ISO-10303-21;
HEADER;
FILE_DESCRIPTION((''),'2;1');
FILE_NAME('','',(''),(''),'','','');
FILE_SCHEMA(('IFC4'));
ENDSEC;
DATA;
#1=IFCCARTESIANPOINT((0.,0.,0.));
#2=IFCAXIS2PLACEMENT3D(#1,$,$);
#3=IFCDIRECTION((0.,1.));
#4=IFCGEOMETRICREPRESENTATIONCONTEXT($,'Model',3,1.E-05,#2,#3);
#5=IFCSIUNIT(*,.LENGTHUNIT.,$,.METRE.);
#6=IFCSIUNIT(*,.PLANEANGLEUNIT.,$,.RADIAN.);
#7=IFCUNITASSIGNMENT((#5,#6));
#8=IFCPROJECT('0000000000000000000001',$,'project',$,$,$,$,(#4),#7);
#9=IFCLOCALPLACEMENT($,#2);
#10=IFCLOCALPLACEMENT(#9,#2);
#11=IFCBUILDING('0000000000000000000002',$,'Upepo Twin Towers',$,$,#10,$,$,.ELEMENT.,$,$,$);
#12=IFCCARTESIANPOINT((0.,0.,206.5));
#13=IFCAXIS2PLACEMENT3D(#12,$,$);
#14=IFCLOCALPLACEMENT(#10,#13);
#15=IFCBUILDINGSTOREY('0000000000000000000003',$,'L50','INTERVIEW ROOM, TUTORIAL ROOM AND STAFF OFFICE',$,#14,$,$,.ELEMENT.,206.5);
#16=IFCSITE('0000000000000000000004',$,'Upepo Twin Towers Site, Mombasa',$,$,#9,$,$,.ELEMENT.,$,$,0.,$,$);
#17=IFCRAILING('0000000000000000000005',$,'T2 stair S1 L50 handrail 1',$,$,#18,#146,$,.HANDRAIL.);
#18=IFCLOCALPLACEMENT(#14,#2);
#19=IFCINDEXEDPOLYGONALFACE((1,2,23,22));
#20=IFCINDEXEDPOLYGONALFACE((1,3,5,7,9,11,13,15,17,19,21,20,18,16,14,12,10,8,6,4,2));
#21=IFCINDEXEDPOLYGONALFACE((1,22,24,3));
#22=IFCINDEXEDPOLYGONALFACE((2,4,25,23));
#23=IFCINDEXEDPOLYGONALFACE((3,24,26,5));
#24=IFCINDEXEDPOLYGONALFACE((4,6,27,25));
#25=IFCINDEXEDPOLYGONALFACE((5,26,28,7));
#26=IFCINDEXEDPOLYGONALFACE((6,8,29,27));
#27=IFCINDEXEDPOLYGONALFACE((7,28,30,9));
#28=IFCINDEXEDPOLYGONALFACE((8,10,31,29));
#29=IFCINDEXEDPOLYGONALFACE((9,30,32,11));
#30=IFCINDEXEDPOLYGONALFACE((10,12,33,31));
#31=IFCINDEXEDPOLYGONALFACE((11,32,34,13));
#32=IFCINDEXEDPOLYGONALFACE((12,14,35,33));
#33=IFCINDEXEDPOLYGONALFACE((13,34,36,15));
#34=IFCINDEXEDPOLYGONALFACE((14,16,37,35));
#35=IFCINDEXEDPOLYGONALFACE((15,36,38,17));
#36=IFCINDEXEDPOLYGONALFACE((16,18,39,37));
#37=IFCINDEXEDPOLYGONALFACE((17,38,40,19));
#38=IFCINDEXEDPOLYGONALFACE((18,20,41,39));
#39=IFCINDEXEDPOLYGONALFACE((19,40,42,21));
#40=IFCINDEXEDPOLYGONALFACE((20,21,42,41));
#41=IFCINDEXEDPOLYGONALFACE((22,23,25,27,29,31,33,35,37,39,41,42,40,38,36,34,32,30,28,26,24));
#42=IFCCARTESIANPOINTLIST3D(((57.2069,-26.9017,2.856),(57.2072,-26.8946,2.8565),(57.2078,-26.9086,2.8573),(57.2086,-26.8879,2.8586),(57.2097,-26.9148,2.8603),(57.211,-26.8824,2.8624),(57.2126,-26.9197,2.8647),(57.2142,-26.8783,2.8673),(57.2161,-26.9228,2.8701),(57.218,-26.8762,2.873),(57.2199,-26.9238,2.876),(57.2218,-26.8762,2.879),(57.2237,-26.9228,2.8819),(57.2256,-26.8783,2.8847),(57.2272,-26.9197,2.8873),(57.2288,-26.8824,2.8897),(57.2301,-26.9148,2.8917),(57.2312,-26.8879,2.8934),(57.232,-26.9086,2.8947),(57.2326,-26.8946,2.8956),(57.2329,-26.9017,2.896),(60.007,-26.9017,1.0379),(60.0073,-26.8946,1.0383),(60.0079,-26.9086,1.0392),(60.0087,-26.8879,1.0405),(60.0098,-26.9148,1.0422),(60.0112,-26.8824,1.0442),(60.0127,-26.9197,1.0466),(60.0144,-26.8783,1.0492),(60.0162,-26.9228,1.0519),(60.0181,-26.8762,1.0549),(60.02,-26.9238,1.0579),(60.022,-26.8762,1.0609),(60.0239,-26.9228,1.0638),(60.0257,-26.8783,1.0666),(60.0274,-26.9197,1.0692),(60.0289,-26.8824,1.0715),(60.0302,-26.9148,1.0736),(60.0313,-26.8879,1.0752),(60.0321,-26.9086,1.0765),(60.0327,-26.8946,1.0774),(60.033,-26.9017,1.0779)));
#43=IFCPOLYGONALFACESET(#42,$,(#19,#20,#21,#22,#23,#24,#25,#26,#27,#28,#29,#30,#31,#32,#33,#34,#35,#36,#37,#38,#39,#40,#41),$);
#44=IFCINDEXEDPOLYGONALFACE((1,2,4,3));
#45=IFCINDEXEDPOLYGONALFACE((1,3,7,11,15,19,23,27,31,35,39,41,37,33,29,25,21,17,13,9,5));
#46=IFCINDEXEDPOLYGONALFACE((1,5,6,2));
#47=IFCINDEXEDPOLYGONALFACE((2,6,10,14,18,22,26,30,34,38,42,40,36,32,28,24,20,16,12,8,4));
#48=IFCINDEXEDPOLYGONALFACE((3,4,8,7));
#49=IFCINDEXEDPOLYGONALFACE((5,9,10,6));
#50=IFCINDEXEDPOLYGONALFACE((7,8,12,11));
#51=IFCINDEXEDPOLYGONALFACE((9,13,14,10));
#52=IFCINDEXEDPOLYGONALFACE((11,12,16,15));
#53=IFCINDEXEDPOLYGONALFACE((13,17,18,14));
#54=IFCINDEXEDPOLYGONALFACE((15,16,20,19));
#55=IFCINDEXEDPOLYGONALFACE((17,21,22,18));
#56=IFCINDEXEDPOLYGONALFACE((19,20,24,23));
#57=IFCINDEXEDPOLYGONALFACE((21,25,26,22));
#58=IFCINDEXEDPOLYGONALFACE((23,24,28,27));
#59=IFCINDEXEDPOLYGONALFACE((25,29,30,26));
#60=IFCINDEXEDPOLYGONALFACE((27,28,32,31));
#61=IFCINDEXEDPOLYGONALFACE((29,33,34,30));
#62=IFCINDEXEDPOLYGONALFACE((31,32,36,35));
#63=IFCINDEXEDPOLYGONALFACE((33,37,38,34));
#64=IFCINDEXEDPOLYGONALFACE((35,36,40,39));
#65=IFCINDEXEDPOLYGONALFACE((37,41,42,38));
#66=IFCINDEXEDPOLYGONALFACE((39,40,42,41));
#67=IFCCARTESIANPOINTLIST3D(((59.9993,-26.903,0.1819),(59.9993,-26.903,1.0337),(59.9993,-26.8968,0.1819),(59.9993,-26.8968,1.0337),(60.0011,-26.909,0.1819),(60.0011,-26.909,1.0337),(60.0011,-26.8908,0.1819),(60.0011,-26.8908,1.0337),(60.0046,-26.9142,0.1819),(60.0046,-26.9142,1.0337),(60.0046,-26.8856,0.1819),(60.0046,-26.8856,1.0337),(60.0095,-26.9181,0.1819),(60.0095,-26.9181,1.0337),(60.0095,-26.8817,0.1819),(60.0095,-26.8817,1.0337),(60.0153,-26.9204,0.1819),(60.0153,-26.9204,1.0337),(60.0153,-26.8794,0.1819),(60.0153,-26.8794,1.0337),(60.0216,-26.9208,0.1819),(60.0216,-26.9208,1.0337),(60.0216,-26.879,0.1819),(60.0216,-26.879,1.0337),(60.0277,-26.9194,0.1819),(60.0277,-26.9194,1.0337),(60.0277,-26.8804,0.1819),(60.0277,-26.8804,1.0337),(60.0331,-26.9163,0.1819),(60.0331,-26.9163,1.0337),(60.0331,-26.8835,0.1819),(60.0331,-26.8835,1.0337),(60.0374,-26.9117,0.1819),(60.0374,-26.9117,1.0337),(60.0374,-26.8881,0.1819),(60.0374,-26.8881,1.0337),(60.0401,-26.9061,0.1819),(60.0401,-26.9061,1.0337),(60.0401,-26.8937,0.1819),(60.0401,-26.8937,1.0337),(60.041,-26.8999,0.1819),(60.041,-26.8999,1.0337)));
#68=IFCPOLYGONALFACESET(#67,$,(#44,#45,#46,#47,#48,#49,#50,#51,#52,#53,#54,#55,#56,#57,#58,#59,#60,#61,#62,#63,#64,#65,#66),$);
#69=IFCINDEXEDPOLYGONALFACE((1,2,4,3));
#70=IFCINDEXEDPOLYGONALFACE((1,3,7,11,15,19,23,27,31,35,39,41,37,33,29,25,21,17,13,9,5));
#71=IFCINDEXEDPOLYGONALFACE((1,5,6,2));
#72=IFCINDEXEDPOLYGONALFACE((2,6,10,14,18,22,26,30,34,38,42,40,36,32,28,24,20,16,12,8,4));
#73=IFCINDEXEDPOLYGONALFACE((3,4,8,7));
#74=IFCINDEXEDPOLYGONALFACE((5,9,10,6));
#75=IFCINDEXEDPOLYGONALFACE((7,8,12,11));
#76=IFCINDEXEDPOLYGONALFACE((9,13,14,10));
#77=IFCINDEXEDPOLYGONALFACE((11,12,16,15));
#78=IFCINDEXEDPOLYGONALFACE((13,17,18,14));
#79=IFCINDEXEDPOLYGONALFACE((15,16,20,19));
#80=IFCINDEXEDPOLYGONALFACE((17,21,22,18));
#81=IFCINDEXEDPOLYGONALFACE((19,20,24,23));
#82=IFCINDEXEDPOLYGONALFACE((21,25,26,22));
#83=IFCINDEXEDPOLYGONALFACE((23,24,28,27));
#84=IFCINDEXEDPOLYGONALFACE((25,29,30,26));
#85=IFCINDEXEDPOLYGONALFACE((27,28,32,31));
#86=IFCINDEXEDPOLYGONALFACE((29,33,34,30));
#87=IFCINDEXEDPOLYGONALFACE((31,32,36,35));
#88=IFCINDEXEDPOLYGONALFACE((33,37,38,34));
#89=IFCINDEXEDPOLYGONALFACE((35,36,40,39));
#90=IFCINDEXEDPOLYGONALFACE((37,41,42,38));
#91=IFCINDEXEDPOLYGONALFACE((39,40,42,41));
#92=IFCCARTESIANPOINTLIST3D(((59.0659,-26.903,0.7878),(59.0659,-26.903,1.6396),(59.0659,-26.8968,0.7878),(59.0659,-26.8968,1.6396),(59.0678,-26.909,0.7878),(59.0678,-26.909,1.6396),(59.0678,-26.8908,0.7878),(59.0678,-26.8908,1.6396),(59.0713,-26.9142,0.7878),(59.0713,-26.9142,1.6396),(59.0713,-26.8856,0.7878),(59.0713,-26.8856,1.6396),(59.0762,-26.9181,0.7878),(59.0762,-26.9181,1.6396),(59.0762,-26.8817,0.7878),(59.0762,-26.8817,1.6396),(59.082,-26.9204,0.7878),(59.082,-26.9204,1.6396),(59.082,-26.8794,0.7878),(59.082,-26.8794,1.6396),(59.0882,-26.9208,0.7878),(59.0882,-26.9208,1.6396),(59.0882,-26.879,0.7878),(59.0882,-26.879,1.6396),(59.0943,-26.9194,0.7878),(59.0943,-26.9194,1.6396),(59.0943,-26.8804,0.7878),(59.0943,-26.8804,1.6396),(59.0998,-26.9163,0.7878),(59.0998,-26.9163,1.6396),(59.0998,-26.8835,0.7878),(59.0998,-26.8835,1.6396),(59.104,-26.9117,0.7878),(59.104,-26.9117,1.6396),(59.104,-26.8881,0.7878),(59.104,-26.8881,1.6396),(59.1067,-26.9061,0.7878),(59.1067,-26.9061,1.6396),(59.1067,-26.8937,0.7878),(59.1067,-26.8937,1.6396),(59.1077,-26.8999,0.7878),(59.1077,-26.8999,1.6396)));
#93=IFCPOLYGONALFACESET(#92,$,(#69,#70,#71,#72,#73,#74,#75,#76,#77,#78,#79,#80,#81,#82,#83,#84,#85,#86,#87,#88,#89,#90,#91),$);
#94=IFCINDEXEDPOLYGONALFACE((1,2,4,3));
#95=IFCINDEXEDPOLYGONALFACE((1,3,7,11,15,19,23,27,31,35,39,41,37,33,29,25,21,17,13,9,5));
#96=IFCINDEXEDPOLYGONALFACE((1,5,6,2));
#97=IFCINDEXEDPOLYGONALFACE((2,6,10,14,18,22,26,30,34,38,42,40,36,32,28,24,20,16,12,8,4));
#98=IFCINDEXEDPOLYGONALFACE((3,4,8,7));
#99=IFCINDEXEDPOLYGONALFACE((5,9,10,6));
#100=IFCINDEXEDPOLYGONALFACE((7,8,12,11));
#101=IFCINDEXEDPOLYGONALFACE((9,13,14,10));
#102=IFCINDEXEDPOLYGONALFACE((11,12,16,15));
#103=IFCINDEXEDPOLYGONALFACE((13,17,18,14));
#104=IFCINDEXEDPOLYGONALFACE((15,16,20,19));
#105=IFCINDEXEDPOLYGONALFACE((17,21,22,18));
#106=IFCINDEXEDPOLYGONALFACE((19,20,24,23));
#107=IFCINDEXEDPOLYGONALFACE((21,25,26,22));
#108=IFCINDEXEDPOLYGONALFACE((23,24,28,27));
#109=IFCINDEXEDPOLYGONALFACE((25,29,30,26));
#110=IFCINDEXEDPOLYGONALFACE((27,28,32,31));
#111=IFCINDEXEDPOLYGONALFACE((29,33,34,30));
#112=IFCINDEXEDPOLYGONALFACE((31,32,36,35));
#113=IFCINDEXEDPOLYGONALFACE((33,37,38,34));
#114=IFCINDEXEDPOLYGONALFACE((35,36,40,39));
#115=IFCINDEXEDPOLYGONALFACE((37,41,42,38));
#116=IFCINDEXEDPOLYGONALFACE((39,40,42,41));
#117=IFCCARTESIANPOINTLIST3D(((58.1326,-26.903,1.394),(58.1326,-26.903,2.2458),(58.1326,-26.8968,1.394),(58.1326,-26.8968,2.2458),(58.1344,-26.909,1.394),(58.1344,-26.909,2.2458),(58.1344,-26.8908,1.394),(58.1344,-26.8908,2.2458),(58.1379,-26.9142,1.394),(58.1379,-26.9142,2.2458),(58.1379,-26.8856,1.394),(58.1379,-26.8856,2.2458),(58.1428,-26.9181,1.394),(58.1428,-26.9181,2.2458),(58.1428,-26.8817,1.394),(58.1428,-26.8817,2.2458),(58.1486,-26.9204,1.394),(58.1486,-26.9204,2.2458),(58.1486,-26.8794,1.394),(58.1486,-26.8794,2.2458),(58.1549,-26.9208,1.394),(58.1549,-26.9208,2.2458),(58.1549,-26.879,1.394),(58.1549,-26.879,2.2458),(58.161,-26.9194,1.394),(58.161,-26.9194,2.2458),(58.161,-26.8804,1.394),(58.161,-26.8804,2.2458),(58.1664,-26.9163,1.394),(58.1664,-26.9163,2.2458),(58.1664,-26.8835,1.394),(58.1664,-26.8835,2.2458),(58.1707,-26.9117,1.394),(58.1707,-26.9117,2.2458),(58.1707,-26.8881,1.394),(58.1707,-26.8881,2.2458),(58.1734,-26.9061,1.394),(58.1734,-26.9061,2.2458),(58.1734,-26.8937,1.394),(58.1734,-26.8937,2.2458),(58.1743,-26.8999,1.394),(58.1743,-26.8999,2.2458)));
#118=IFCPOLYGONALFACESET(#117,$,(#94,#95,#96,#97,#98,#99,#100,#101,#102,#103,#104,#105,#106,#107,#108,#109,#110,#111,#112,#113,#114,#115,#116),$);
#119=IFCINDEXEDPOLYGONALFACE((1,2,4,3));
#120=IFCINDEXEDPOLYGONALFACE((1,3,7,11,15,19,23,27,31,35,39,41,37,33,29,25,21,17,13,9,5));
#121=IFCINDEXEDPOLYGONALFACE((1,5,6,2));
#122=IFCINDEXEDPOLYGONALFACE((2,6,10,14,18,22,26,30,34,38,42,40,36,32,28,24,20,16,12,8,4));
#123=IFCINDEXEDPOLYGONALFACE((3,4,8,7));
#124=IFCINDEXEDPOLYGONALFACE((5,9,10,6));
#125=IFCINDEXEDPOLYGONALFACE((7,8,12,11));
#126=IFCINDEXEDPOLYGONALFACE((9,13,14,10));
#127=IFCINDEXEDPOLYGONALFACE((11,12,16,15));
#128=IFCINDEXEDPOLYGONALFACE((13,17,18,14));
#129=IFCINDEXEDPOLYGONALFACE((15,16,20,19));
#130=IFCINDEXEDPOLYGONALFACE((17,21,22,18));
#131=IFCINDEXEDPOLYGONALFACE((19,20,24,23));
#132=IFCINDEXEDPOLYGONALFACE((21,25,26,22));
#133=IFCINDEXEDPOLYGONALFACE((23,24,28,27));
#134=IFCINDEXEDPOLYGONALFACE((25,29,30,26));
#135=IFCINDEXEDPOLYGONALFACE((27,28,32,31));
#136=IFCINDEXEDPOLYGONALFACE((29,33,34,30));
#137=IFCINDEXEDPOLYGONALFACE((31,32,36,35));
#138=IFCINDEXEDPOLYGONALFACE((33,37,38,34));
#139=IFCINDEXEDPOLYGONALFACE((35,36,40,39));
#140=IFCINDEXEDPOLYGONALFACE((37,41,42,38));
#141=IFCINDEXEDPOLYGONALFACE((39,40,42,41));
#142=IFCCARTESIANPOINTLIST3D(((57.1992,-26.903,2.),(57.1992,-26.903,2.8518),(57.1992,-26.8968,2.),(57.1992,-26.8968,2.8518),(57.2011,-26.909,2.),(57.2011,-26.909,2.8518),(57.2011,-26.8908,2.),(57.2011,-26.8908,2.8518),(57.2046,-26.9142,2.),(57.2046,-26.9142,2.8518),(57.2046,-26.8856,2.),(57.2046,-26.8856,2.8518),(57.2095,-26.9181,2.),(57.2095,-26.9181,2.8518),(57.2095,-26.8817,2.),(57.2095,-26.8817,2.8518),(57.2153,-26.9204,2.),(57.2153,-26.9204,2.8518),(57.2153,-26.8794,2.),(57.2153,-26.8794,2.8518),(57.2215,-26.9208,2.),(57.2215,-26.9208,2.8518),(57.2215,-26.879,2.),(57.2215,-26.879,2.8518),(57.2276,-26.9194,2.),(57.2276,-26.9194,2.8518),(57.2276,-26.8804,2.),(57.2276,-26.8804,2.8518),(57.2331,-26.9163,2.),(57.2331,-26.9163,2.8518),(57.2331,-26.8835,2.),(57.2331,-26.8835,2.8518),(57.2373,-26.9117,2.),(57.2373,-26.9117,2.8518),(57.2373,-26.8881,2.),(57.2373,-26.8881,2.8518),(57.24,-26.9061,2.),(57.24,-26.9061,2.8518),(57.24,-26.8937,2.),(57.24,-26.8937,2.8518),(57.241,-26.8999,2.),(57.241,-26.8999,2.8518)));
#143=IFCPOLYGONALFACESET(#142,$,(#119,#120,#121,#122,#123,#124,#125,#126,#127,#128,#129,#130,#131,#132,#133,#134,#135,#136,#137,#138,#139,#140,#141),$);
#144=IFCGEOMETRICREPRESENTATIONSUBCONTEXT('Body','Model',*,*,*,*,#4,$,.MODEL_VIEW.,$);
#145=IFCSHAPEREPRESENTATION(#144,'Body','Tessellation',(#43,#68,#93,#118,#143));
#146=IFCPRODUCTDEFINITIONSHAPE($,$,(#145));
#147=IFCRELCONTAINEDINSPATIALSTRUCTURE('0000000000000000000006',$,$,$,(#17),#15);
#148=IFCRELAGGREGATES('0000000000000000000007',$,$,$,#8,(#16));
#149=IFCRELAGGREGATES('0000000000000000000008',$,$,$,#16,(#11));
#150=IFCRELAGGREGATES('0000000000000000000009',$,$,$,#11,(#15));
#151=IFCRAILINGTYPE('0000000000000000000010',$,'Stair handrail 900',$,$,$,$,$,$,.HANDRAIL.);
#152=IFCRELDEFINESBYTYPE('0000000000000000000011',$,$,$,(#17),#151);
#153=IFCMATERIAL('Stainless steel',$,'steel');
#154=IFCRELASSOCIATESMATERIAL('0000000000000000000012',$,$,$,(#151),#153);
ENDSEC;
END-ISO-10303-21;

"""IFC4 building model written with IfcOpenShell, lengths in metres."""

from ifc_helpers import new_model, si_unit, direction, frame, origin, origin_2d, place, context, subcontext, project, spatial, circle, extrude, material, type_object, element, save


model = new_model("IFC4")

# Units and contexts
model_context = context("Model", 3, precision=1e-05, world=origin(), true_north=direction((0.0, 1.0)))
body_context = subcontext(model_context, "Body", "Model", "MODEL_VIEW")
ifc_project = project(units=[si_unit("LENGTHUNIT", "METRE"), si_unit("PLANEANGLEUNIT", "RADIAN")], contexts=[model_context])

# Site, building, storey
site_placement = place(None, origin())
site = spatial("IfcSite", under=ifc_project, at=site_placement, Name="Upepo Twin Towers Site, Mombasa", CompositionType="ELEMENT", RefElevation=0.0)
building_placement = place(site_placement, origin())
building = spatial("IfcBuilding", under=site, at=building_placement, Name="Upepo Twin Towers", CompositionType="ELEMENT")
storey_placement = place(building_placement, frame((0.0, 0.0, 206.5)))
storey = spatial("IfcBuildingStorey", under=building, at=storey_placement, Name="L50", Description="INTERVIEW ROOM, TUTORIAL ROOM AND STAFF OFFICE", CompositionType="ELEMENT", Elevation=206.5)

# Railing
ifc_material_1 = material(Name="Stainless steel", Category="steel")
railing_type = type_object("IfcRailingType", Name="Stair handrail 900", PredefinedType="HANDRAIL", material=ifc_material_1)
railing_1_placement = place(storey_placement, frame((60.02, -26.8999, 0.1819)))
element("IfcRailing", 1, at=railing_1_placement, inside=storey, type_object=railing_type, Name="T2 stair S1 L50 handrail 1", PredefinedType="HANDRAIL", context=body_context, shape_type="SweptSolid", body=[
    extrude(circle(Radius=0.0239, at=origin_2d()), frame((0.0, 0.0, 0.876), z_axis=(-0.838706, 0.0, 0.544585), x_axis=(0.0, -1.0, 0.0)), (0.0, 0.0, 1.0), 3.3386),
    extrude(circle(Radius=0.021, at=origin_2d()), origin(), (0.0, 0.0, 1.0), 0.8518),
    extrude(circle(Radius=0.021, at=origin_2d()), frame((-0.9333, 0.0, 0.606)), (0.0, 0.0, 1.0), 0.8518),
    extrude(circle(Radius=0.021, at=origin_2d()), frame((-1.8667, 0.0, 1.2122)), (0.0, 0.0, 1.0), 0.8518),
    extrude(circle(Radius=0.021, at=origin_2d()), frame((-2.8, 0.0, 1.8181)), (0.0, 0.0, 1.0), 0.8518),
])

save(model, "model.ifc")
